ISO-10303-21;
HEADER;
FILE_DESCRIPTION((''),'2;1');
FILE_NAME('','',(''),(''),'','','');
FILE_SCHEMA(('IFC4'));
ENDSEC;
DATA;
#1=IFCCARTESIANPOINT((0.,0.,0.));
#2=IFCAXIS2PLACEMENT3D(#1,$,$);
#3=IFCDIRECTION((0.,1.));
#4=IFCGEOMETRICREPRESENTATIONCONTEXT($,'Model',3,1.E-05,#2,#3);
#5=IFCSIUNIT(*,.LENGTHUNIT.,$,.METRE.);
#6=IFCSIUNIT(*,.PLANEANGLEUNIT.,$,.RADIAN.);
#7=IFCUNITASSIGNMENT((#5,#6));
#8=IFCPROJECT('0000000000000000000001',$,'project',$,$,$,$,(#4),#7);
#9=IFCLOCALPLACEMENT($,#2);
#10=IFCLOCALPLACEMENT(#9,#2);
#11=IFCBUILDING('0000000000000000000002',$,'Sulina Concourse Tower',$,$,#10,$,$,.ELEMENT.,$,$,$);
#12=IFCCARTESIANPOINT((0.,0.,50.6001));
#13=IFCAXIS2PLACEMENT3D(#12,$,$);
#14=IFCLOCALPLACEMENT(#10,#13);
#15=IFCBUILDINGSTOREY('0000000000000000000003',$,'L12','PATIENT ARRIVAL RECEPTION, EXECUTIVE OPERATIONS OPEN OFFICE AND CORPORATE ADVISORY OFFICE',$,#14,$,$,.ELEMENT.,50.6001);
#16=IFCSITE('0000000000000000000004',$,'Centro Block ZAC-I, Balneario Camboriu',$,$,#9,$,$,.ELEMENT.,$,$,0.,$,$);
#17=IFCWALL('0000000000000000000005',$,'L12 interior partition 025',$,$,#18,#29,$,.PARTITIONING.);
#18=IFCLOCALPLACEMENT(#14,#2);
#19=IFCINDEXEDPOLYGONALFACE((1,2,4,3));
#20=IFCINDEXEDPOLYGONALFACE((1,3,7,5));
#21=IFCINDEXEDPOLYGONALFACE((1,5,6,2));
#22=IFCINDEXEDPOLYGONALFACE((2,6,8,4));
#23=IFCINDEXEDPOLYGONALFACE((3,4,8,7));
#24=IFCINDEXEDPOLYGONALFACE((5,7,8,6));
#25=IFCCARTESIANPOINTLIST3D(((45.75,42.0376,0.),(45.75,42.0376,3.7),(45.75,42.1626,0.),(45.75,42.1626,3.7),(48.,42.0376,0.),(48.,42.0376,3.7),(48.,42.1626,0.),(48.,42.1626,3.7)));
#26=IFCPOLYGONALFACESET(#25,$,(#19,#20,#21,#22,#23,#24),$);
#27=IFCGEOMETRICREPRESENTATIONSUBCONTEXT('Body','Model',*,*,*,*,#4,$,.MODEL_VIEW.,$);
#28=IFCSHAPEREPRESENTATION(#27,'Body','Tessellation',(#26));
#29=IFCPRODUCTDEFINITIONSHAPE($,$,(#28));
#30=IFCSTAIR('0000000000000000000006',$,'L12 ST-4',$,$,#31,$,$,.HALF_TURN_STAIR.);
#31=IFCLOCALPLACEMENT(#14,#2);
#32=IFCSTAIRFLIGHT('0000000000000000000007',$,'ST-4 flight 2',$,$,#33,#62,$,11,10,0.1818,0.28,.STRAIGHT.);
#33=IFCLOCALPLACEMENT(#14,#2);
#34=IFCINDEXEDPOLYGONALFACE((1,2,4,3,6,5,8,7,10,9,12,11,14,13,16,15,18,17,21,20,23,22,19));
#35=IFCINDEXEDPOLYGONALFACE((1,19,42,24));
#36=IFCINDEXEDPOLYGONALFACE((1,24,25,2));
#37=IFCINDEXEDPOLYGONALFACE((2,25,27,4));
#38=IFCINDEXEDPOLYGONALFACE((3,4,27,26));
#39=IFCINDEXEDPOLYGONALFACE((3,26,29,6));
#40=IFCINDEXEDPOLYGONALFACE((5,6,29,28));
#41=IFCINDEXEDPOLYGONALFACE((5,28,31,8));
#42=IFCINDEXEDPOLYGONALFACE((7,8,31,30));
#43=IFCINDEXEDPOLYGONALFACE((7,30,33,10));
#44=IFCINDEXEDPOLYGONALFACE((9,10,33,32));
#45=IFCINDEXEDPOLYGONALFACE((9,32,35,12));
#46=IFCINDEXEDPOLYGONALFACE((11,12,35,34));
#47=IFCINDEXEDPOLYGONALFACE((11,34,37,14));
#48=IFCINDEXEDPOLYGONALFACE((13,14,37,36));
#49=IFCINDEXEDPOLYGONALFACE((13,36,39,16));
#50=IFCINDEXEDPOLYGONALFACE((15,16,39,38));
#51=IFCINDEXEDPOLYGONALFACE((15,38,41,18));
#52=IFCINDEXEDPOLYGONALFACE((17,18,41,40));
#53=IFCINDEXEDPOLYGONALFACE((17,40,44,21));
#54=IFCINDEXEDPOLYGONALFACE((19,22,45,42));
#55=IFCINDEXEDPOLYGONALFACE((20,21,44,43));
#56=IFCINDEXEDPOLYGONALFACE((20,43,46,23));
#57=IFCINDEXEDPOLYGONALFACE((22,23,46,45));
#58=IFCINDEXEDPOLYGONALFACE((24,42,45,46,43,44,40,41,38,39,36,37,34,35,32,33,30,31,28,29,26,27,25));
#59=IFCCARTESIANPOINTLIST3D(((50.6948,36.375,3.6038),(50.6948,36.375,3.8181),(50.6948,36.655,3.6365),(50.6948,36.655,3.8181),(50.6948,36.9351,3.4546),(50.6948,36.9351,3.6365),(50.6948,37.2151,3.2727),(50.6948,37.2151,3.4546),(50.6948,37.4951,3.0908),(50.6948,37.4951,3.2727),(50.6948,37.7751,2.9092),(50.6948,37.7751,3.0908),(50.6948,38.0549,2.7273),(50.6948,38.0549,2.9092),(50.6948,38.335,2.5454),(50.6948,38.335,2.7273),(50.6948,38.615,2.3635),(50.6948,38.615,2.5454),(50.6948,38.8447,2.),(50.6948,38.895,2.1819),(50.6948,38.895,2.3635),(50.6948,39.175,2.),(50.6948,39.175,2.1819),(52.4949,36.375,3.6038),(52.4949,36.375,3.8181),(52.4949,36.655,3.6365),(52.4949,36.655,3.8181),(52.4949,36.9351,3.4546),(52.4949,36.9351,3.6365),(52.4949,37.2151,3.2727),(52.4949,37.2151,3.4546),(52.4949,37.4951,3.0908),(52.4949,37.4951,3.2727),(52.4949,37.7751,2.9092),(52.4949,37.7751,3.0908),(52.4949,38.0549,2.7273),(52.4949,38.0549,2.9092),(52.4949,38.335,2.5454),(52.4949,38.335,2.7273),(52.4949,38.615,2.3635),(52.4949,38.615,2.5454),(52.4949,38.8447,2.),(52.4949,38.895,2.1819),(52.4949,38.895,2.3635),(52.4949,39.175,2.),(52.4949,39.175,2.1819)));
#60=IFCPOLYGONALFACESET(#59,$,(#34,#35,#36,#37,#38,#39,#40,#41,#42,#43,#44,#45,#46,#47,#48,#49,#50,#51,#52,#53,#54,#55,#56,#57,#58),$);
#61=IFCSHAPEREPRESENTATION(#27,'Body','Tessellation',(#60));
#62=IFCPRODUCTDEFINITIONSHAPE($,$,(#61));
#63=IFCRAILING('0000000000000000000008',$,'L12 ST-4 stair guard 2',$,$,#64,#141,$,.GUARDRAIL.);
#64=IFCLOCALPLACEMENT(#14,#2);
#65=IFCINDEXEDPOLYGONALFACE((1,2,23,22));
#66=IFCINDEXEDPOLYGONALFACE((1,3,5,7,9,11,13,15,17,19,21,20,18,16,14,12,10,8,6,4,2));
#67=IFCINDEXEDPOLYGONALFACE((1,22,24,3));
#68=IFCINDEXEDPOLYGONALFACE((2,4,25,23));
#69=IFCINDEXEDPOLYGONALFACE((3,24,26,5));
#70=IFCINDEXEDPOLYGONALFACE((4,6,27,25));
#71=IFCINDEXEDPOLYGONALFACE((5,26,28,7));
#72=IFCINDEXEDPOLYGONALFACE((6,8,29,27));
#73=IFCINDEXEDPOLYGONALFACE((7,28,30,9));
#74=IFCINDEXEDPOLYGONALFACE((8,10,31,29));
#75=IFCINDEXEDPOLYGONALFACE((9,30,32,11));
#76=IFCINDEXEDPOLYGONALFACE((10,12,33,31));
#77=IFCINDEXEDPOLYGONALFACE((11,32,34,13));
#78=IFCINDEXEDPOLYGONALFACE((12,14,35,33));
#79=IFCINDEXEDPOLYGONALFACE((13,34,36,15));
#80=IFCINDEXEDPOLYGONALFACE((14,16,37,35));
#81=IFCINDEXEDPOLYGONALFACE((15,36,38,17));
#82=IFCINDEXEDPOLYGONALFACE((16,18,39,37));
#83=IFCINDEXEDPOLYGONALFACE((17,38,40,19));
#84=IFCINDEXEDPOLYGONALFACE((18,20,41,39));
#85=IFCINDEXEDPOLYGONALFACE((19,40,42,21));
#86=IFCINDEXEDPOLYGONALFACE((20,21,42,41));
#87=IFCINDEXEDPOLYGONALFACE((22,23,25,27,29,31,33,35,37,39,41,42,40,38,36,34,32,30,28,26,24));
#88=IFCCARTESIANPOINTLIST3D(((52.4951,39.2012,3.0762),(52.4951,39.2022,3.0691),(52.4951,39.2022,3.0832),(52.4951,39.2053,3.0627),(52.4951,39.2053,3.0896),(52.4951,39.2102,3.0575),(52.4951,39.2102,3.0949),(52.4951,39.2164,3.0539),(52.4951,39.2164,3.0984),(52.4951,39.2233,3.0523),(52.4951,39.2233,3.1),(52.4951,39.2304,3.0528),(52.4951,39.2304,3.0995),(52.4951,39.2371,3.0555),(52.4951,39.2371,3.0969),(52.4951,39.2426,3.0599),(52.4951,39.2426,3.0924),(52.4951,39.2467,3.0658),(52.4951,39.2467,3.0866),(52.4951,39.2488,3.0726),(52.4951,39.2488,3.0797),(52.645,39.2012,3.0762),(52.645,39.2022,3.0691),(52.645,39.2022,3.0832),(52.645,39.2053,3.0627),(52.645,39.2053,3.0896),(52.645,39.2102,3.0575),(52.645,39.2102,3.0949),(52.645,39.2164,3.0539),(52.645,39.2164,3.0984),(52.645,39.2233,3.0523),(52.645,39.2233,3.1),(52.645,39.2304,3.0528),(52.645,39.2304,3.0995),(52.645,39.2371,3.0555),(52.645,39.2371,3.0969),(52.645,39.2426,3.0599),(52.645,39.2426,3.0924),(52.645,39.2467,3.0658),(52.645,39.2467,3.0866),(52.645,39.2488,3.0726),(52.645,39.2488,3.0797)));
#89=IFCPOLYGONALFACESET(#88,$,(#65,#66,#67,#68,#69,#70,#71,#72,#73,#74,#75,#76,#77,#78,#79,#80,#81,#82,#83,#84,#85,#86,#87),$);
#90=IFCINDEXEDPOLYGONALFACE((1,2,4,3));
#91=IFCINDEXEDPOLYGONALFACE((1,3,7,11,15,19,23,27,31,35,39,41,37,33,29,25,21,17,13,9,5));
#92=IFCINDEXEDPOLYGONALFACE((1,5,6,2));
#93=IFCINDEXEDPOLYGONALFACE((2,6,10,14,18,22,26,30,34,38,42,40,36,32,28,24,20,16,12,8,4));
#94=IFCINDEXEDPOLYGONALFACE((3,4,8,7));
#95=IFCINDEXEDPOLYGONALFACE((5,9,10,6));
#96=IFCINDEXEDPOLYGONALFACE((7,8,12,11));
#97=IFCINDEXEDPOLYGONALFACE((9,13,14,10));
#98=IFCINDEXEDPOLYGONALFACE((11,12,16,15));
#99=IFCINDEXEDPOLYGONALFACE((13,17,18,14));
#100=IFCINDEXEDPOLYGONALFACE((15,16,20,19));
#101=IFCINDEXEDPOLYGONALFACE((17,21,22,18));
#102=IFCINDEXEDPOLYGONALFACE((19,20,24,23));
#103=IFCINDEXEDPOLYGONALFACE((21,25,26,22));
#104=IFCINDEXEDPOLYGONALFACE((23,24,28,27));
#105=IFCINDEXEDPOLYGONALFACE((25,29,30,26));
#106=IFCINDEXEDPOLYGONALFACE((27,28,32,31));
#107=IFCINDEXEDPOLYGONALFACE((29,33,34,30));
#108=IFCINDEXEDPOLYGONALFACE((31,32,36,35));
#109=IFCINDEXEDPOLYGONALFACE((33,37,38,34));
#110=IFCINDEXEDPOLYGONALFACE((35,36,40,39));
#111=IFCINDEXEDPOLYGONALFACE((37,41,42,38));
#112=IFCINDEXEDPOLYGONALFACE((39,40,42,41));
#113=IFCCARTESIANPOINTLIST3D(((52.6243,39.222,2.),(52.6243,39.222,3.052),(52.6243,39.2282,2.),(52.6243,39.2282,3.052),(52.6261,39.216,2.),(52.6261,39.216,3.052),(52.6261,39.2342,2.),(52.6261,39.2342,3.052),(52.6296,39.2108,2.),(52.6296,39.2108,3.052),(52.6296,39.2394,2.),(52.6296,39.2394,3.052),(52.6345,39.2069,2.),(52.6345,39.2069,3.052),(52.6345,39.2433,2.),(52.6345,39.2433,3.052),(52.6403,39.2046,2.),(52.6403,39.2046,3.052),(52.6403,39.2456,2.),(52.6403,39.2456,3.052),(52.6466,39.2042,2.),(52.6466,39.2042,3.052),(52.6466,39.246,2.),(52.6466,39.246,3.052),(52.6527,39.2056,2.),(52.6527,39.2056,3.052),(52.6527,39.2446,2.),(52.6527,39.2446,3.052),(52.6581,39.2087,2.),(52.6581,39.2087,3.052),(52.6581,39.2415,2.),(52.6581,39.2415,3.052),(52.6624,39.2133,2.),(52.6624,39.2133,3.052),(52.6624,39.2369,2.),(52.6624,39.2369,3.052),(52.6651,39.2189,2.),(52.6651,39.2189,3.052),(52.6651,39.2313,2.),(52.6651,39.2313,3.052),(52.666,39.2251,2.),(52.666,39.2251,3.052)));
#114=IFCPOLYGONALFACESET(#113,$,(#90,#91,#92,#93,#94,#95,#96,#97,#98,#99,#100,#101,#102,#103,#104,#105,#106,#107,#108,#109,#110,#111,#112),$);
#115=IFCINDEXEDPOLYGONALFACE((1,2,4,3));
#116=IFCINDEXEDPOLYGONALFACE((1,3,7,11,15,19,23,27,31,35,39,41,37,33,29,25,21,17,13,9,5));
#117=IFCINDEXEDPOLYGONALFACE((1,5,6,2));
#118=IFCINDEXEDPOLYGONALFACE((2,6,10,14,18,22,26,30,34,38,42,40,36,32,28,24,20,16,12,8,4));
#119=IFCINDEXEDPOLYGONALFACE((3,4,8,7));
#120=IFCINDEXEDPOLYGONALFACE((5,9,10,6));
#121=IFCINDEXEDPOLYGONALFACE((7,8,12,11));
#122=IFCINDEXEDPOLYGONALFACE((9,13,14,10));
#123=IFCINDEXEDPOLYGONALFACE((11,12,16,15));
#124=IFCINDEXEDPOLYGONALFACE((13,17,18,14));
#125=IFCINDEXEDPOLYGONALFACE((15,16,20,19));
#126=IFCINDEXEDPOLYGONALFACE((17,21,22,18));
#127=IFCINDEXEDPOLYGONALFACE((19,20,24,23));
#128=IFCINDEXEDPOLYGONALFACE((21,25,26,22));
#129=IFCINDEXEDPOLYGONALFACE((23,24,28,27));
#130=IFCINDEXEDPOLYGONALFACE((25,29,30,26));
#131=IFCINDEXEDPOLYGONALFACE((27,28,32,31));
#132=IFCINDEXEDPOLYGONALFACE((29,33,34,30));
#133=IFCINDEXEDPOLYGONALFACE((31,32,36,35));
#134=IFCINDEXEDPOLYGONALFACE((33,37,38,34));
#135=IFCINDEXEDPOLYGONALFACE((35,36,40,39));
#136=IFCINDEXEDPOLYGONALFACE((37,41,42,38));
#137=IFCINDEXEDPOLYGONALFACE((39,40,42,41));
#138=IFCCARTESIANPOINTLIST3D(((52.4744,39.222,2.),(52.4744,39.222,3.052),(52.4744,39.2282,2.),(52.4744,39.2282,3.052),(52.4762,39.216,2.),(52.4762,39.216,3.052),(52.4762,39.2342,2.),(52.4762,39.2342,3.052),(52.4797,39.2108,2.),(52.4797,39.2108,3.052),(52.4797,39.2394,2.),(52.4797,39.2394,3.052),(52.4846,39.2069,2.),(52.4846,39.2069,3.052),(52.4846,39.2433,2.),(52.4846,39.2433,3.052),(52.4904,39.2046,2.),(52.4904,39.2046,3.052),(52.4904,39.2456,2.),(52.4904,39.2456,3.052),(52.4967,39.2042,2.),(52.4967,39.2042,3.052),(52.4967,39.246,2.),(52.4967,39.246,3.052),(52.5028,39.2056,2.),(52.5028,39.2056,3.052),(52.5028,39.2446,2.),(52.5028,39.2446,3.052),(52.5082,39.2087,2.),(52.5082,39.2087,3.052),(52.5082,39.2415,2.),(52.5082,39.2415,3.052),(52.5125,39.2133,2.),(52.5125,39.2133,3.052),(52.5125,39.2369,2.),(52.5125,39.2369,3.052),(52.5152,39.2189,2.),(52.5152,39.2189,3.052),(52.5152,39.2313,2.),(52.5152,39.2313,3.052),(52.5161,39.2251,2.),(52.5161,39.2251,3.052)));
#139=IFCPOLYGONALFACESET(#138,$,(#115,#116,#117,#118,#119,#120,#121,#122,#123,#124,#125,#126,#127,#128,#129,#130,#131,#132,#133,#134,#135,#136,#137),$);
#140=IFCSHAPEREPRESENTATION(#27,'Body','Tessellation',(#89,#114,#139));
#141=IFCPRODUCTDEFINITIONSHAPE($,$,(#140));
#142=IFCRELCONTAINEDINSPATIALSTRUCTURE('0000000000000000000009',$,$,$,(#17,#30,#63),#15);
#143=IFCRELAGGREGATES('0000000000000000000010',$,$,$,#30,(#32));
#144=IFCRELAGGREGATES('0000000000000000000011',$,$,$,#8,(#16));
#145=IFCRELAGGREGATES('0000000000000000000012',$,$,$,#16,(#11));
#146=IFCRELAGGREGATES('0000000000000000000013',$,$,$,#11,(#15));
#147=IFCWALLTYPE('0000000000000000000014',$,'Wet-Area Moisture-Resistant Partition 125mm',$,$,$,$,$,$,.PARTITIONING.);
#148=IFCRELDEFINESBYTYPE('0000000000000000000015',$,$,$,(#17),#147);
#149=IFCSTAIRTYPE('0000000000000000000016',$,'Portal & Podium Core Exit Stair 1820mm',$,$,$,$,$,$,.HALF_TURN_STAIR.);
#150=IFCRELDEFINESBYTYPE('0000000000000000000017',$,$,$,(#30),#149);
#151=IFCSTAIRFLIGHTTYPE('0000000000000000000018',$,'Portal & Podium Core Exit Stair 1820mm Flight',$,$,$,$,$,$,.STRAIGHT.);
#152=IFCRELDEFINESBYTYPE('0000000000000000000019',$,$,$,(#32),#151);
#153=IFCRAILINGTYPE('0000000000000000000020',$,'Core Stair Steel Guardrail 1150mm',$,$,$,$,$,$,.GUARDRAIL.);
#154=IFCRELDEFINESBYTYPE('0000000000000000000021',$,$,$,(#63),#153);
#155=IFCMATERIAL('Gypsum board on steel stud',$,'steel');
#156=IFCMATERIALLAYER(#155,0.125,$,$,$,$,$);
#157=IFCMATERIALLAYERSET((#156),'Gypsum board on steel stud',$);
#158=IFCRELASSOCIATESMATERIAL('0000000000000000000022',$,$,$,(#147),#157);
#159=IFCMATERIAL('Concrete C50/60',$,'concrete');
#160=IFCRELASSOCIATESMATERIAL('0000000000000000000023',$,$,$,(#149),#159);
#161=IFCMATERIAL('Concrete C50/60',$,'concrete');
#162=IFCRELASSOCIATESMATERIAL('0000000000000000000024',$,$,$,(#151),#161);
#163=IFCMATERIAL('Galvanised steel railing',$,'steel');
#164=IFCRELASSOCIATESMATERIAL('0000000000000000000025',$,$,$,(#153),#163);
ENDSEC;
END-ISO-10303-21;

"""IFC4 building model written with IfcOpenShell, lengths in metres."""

from ifc_helpers import new_model, si_unit, direction, frame, frame_2d, origin, origin_2d, place, context, subcontext, project, spatial, polyline, rectangle, circle, outline, extrude, material, layer, layer_set, type_object, element, aggregate, save


model = new_model("IFC4")

# Units and contexts
model_context = context("Model", 3, precision=1e-05, world=origin(), true_north=direction((0.0, 1.0)))
body_context = subcontext(model_context, "Body", "Model", "MODEL_VIEW")
ifc_project = project(units=[si_unit("LENGTHUNIT", "METRE"), si_unit("PLANEANGLEUNIT", "RADIAN")], contexts=[model_context])

# Site, building, storey
site_placement = place(None, origin())
site = spatial("IfcSite", under=ifc_project, at=site_placement, Name="Centro Block ZAC-I, Balneario Camboriu", CompositionType="ELEMENT", RefElevation=0.0)
building_placement = place(site_placement, origin())
building = spatial("IfcBuilding", under=site, at=building_placement, Name="Sulina Concourse Tower", CompositionType="ELEMENT")
storey_placement = place(building_placement, frame((0.0, 0.0, 50.6001)))
storey = spatial("IfcBuildingStorey", under=building, at=storey_placement, Name="L12", Description="PATIENT ARRIVAL RECEPTION, EXECUTIVE OPERATIONS OPEN OFFICE AND CORPORATE ADVISORY OFFICE", CompositionType="ELEMENT", Elevation=50.6001)

# Wall
ifc_material_1 = material(Name="Gypsum board on steel stud", Category="steel")
ifc_layer_1 = layer(ifc_material_1, 0.125)
ifc_layer_set_1 = layer_set([ifc_layer_1], Name="Gypsum board on steel stud")
wall_type_1 = type_object("IfcWallType", Name="Wet-Area Moisture-Resistant Partition 125mm", PredefinedType="PARTITIONING", material=ifc_layer_set_1)
wall_1_placement = place(storey_placement, frame((45.75, 42.1001, 0.0), z_axis=(0.0, 0.0, 1.0), x_axis=(1.0, 0.0, 0.0)))
element("IfcWall", 1, at=wall_1_placement, inside=storey, type_object=wall_type_1, Name="L12 interior partition 025", PredefinedType="PARTITIONING", context=body_context, shape_type="SweptSolid", body=[
    extrude(rectangle(XDim=2.25, YDim=0.125, at=frame_2d((1.125, 0.0))), origin(), (0.0, 0.0, 1.0), 3.7),
])

# Stair, stair flight
ifc_material_2 = material(Name="Concrete C50/60", Category="concrete")
stair_type = type_object("IfcStairType", Name="Portal & Podium Core Exit Stair 1820mm", PredefinedType="HALF_TURN_STAIR", material=ifc_material_2)
stair_placement = place(storey_placement, origin())
stair = element("IfcStair", 2, at=stair_placement, inside=storey, type_object=stair_type, Name="L12 ST-4", PredefinedType="HALF_TURN_STAIR")
ifc_material_3 = material(Name="Concrete C50/60", Category="concrete")
stair_flight_type = type_object("IfcStairFlightType", Name="Portal & Podium Core Exit Stair 1820mm Flight", PredefinedType="STRAIGHT", material=ifc_material_3)
stair_flight_placement = place(storey_placement, frame((51.595, 39.175, 2.0), z_axis=(0.0, 0.0, 1.0), x_axis=(0.0, -1.0, 0.0)))
stair_flight = element("IfcStairFlight", 3, at=stair_flight_placement, type_object=stair_flight_type, Name="ST-4 flight 2", NumberOfRisers=11, NumberOfTreads=10, PredefinedType="STRAIGHT", RiserHeight=0.1818, TreadLength=0.28, context=body_context, shape_type="SweptSolid", body=[
    extrude(outline(polyline([(0.0, 0.0), (0.0, 0.1819), (0.28, 0.1819), (0.28, 0.3635), (0.5601, 0.3635), (0.5601, 0.5454), (0.8401, 0.5454), (0.8401, 0.7273), (1.1201, 0.7273), (1.1201, 0.9092), (1.3999, 0.9092), (1.3999, 1.0908), (1.6799, 1.0908), (1.6799, 1.2727), (1.96, 1.2727), (1.96, 1.4546), (2.24, 1.4546), (2.24, 1.6365), (2.52, 1.6365), (2.52, 1.8181), (2.8, 1.8181), (2.8, 2.0), (2.8, 1.6038), (0.3303, 0.0), (0.0, 0.0)])), frame((0.0, 0.8999, 0.0), z_axis=(0.0, -1.0, 0.0), x_axis=(1.0, 0.0, 0.0)), (0.0, 0.0, 1.0), 1.8),
])
aggregate(stair, [stair_flight])

# Railing
ifc_material_4 = material(Name="Galvanised steel railing", Category="steel")
railing_type_1 = type_object("IfcRailingType", Name="Core Stair Steel Guardrail 1150mm", PredefinedType="GUARDRAIL", material=ifc_material_4)
railing_1_placement = place(storey_placement, frame((52.645, 39.2251, 2.0)))
element("IfcRailing", 4, at=railing_1_placement, inside=storey, type_object=railing_type_1, Name="L12 ST-4 stair guard 2", PredefinedType="GUARDRAIL", context=body_context, shape_type="SweptSolid", body=[
    extrude(circle(Radius=0.0239, at=origin_2d()), frame((0.0, 0.0, 1.0762), z_axis=(-1.0, 0.0, 0.0), x_axis=(0.0, -1.0, 0.0)), (0.0, 0.0, 1.0), 0.1499),
    extrude(circle(Radius=0.021, at=origin_2d()), origin(), (0.0, 0.0, 1.0), 1.052),
    extrude(circle(Radius=0.021, at=origin_2d()), frame((-0.1499, 0.0, 0.0)), (0.0, 0.0, 1.0), 1.052),
])

save(model, "model.ifc")
